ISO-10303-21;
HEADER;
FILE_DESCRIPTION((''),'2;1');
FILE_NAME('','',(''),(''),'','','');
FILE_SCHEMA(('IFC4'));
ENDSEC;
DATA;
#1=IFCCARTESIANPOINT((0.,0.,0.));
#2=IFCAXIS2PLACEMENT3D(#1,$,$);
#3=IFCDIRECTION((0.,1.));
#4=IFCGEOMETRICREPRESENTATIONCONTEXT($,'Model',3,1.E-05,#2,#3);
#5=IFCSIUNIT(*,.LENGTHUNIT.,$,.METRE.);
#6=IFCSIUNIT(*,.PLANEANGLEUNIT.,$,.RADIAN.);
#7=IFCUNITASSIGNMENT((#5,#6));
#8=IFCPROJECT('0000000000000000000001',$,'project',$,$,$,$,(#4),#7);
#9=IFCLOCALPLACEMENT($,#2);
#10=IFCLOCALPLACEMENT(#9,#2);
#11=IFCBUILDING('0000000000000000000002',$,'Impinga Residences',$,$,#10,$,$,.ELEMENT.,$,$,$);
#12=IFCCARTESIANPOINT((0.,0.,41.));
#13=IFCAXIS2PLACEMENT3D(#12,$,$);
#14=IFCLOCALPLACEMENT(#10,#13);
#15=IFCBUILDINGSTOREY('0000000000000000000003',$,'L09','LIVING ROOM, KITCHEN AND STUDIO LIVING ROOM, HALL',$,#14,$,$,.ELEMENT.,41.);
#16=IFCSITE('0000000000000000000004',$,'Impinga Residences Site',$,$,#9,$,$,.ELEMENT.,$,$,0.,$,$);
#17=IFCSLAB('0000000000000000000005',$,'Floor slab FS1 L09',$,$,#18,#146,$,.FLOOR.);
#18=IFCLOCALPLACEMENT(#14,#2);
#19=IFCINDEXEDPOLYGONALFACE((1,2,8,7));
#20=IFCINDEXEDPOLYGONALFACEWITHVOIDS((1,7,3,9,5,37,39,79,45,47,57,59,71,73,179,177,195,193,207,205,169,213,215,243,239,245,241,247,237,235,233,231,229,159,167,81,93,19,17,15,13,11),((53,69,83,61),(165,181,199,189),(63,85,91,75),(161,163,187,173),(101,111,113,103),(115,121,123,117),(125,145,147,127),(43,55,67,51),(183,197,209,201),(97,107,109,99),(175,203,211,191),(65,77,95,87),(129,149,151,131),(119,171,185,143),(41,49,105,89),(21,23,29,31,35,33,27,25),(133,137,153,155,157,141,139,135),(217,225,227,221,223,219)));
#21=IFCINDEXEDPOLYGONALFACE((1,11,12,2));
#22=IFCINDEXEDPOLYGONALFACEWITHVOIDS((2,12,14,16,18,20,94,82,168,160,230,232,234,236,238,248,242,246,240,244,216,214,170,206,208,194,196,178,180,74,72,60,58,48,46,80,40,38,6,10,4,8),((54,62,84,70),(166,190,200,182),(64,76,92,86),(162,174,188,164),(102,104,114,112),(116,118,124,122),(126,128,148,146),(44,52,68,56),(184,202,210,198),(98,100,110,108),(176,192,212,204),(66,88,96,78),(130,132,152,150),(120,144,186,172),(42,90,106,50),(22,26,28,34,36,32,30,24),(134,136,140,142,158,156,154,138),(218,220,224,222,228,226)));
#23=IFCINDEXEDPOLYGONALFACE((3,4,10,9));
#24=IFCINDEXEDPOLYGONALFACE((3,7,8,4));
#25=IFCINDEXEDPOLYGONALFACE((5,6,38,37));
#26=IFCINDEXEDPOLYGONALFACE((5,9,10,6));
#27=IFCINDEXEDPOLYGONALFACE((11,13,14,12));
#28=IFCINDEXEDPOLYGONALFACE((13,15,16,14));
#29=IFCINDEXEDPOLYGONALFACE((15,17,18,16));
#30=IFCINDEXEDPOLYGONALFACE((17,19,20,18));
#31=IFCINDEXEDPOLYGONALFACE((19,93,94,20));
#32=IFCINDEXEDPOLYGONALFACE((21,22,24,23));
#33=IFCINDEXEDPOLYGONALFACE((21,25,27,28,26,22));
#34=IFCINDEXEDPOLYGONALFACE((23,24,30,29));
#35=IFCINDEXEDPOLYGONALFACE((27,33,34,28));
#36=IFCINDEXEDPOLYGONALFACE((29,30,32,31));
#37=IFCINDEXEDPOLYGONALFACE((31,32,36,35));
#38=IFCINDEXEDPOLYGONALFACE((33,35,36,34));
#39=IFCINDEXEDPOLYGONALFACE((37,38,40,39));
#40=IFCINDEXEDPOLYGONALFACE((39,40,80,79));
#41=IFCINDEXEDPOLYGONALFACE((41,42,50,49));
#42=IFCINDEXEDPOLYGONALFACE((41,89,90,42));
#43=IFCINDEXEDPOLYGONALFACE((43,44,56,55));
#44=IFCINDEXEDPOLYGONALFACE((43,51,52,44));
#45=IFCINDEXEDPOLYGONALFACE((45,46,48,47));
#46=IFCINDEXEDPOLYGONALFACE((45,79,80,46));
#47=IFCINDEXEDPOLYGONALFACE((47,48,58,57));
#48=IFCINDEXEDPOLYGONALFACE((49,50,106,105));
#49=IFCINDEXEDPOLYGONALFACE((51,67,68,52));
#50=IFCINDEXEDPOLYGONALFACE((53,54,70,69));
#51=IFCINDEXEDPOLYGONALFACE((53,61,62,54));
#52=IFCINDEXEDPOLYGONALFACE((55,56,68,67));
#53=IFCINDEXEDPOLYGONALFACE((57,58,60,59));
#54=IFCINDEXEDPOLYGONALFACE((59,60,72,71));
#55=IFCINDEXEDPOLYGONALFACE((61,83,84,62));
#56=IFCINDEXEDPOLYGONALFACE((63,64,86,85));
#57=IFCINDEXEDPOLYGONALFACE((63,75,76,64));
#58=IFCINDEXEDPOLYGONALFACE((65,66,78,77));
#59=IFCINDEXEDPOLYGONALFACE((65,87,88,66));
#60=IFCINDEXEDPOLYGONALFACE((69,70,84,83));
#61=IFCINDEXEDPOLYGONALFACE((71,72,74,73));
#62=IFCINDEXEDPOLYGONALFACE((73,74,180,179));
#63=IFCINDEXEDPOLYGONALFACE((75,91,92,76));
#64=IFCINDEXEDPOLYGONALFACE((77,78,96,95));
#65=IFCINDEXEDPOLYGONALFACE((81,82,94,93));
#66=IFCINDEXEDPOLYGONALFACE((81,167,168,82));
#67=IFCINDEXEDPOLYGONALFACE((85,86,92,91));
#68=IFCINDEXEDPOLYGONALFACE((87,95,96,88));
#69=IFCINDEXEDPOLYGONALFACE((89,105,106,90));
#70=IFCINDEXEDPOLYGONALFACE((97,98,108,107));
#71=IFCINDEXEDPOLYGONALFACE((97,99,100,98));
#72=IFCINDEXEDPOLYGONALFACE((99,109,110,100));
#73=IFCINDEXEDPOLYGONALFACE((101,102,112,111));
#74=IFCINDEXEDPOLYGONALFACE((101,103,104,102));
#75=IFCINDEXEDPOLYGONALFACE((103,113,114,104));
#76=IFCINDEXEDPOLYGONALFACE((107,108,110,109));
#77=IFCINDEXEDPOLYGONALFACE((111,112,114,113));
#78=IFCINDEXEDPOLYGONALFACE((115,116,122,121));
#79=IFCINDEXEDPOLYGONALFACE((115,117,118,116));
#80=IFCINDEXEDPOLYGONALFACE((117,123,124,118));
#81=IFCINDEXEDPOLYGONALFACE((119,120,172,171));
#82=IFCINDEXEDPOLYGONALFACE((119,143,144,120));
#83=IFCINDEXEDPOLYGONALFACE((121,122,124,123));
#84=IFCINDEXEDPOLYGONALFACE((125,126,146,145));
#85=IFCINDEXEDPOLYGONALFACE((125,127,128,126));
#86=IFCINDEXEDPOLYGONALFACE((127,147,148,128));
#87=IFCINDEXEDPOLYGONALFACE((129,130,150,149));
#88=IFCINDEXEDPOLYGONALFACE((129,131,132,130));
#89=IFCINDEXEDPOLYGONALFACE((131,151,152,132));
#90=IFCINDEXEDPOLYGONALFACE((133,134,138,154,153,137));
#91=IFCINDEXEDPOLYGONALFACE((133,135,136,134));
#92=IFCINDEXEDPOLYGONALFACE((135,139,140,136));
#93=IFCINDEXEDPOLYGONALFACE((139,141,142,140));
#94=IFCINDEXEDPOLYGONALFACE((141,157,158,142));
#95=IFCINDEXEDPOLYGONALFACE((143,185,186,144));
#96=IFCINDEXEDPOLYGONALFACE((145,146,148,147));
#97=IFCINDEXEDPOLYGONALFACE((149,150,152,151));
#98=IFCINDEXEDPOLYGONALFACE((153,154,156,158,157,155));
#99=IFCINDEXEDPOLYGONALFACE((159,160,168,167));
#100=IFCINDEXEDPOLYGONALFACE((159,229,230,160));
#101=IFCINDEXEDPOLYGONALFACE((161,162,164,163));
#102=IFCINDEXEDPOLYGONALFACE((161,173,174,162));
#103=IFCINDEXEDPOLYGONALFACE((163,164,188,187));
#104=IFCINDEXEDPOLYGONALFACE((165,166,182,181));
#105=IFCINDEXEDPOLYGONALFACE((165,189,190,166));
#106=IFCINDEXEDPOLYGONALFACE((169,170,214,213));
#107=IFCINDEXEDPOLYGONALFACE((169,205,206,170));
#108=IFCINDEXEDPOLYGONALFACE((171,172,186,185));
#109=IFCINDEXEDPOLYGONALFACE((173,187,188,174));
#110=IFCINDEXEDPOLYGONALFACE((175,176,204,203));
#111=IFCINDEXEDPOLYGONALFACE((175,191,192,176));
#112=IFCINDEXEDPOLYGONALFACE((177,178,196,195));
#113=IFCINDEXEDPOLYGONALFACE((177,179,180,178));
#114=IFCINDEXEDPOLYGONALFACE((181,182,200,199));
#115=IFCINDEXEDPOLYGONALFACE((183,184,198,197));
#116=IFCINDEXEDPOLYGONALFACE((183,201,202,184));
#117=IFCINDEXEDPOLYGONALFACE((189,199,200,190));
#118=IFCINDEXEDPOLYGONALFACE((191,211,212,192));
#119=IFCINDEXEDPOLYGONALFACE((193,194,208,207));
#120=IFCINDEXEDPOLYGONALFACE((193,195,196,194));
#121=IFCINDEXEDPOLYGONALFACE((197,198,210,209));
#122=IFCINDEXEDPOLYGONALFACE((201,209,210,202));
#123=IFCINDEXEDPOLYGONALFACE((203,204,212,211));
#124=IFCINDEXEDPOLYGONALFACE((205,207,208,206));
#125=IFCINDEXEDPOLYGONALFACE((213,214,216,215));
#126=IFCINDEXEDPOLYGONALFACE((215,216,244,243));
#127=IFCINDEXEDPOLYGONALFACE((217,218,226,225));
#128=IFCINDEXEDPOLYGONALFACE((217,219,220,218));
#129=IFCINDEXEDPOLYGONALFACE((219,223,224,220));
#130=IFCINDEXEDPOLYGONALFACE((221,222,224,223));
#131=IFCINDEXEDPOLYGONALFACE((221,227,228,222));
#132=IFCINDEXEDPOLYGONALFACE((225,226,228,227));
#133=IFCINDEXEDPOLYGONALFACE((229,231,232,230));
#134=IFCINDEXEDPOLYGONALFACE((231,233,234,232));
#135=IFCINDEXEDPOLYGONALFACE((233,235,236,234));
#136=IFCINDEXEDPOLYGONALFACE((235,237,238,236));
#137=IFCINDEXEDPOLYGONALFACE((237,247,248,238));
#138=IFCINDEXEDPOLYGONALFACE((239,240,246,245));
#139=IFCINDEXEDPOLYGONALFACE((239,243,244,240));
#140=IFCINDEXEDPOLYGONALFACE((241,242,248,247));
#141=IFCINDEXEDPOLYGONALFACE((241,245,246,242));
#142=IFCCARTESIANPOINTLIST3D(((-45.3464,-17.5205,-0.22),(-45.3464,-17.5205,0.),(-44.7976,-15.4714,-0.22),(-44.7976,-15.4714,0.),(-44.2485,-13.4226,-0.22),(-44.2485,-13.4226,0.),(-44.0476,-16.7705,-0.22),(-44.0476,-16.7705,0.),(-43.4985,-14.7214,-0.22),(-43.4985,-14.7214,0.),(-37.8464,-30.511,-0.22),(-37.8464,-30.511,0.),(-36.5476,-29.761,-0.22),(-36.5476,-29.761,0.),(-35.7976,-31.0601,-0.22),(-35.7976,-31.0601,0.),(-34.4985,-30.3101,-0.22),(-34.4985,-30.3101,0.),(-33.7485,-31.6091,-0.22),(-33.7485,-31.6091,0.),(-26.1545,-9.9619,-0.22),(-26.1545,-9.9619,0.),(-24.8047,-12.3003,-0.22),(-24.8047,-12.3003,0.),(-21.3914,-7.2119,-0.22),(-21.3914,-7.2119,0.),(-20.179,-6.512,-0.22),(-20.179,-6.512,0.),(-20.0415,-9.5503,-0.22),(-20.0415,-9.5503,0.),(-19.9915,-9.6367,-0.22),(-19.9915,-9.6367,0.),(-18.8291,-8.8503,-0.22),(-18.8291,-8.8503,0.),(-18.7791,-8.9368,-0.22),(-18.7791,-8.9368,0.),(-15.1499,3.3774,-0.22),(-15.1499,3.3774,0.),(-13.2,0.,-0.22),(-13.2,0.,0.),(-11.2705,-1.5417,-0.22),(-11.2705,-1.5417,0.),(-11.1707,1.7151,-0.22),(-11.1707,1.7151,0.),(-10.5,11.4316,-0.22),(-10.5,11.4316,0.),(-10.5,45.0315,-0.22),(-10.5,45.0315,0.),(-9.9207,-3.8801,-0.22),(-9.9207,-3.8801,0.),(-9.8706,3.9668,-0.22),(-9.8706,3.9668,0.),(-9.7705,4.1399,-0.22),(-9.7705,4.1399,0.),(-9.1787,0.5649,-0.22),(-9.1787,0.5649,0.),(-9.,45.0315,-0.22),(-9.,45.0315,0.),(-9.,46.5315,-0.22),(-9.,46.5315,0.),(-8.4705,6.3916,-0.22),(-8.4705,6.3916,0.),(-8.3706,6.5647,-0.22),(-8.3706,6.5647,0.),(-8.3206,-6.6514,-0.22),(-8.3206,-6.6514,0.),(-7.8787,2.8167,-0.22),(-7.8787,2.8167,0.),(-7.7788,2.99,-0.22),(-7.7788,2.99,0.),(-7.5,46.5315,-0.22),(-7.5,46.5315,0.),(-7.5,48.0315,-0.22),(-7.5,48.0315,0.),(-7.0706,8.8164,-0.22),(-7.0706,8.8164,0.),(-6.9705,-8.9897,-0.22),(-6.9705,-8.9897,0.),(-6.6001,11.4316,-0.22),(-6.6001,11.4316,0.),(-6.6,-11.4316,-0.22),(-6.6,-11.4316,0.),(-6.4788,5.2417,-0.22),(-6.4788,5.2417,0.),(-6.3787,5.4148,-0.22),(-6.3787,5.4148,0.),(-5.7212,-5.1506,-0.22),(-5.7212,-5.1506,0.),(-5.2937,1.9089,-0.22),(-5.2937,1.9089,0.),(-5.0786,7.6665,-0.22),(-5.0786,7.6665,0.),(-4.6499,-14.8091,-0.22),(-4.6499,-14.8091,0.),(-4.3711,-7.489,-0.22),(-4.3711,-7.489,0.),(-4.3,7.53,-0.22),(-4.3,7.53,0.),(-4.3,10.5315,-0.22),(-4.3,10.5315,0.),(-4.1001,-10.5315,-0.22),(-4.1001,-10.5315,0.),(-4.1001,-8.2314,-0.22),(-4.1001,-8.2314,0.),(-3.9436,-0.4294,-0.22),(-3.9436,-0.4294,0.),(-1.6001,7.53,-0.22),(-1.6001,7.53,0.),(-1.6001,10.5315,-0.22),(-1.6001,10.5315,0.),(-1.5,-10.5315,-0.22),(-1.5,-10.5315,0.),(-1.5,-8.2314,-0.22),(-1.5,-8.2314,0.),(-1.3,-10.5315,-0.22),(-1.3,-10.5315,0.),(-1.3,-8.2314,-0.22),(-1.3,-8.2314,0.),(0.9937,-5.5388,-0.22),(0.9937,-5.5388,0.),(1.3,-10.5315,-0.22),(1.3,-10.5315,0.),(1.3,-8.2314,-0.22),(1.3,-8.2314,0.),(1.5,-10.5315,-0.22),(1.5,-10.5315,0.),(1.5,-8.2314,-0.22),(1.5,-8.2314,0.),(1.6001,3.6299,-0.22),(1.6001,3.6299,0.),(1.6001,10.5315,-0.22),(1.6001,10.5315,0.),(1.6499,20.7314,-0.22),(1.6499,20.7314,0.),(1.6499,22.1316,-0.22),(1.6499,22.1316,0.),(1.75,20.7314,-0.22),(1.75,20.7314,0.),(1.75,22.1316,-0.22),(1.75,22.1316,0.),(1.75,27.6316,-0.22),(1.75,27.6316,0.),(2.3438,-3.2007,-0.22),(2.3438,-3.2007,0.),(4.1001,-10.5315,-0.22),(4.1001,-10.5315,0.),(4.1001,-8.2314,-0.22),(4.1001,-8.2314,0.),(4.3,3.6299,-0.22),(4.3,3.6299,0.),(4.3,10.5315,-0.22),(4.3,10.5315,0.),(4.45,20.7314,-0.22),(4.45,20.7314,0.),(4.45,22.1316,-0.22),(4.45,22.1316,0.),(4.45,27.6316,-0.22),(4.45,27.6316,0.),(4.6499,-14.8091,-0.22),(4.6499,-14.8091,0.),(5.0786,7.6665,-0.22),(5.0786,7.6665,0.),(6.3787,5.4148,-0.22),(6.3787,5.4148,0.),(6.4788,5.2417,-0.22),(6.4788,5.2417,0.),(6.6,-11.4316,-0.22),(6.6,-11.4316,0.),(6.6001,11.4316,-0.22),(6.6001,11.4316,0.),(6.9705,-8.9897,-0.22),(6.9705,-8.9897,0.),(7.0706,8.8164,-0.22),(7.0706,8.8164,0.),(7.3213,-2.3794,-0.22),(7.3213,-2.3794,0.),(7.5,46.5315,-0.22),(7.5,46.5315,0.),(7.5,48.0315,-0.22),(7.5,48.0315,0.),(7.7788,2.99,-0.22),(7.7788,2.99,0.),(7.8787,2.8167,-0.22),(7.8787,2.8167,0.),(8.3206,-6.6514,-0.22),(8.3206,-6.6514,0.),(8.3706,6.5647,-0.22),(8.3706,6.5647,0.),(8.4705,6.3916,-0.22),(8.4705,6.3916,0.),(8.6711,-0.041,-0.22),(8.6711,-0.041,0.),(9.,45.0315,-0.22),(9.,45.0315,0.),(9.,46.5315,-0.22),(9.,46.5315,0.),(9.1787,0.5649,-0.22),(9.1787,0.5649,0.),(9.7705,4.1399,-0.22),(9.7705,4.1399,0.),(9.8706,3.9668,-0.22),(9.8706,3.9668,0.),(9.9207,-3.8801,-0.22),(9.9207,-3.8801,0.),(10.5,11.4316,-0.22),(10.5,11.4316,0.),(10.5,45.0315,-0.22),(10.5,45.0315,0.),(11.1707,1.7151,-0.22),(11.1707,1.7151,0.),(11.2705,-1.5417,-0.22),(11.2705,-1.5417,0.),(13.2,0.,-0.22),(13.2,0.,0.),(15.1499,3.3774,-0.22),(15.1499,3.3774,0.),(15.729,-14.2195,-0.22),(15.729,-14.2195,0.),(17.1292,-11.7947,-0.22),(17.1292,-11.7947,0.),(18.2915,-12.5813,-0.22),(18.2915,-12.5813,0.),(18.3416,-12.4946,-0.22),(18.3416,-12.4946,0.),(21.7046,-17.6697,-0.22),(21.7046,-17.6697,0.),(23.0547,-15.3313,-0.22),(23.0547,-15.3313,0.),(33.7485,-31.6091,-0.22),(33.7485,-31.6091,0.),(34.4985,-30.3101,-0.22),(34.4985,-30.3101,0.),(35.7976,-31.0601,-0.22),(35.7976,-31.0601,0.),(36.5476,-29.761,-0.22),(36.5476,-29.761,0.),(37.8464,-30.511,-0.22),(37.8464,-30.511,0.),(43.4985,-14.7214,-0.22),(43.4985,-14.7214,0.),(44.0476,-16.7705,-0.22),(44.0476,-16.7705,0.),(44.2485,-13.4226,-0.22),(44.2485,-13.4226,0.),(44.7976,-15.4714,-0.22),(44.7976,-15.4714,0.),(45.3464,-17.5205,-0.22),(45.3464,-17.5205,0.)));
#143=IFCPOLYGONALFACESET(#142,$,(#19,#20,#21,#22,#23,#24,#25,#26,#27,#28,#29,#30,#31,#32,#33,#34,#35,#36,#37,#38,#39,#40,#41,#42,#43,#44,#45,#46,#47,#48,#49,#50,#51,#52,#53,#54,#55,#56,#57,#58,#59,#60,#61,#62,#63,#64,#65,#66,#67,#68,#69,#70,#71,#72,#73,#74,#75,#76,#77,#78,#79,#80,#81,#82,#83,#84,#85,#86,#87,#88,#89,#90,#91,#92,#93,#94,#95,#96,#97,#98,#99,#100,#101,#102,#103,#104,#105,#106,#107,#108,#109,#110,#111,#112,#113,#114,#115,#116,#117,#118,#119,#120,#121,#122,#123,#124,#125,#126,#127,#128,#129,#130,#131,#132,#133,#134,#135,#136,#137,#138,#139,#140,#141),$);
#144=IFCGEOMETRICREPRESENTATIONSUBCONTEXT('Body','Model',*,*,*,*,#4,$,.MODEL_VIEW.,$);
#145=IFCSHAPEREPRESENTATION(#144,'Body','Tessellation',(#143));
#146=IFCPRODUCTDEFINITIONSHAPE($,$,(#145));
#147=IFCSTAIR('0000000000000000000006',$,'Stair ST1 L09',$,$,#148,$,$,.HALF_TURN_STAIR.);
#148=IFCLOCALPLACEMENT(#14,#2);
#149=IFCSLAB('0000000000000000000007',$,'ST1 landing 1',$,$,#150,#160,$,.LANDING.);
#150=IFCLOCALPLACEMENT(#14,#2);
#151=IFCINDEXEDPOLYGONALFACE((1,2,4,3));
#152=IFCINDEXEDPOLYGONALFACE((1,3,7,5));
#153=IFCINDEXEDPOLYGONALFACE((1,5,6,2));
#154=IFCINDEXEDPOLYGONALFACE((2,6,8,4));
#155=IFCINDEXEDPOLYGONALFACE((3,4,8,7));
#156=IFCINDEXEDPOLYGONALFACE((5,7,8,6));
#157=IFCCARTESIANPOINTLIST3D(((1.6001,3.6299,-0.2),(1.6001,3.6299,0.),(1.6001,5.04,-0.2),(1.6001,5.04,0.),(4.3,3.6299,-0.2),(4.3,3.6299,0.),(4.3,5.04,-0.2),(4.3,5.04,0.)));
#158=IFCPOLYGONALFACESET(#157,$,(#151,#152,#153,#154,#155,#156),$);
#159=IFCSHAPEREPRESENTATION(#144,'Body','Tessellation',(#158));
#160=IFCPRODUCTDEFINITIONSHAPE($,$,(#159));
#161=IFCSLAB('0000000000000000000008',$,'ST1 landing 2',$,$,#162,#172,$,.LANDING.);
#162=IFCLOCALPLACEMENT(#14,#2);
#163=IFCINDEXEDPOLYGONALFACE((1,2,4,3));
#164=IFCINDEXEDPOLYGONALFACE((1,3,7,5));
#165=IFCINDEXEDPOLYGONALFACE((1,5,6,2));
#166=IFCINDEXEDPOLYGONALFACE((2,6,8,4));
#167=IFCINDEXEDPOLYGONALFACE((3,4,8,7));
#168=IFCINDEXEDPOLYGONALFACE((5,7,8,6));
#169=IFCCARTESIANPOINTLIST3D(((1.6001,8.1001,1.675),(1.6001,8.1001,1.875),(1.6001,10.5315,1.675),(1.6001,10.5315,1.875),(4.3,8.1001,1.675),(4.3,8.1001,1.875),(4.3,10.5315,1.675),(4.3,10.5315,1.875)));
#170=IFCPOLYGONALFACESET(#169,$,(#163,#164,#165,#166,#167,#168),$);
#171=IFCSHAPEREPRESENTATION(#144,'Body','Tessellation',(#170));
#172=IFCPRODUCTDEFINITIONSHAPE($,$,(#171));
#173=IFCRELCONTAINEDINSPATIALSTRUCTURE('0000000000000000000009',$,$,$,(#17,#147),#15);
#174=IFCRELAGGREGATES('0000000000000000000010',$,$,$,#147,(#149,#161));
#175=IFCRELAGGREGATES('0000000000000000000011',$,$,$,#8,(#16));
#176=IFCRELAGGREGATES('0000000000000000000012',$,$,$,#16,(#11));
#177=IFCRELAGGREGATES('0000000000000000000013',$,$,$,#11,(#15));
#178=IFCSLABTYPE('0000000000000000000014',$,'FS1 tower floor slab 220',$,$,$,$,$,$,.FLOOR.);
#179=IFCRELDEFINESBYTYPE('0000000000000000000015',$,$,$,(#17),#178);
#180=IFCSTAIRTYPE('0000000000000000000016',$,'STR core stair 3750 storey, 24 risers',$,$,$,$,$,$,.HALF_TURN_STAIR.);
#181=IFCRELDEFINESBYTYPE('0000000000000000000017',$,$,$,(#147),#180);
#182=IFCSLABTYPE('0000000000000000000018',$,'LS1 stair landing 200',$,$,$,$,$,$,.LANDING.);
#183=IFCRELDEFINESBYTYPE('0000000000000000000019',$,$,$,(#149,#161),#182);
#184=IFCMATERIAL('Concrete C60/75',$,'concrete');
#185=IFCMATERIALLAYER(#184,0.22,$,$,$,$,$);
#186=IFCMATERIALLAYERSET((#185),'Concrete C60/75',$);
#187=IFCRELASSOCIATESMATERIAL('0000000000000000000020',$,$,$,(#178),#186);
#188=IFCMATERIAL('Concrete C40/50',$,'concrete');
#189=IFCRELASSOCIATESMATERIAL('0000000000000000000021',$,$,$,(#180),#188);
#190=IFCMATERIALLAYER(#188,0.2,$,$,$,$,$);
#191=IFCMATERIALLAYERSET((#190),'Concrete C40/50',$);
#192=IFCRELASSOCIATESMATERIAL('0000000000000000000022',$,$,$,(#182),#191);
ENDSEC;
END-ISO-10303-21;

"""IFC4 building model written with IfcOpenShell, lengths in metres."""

from ifc_helpers import new_model, si_unit, direction, frame, origin, place, context, subcontext, project, spatial, polyline, outline, extrude, material, layer, layer_set, type_object, element, aggregate, save


model = new_model("IFC4")

# Units and contexts
model_context = context("Model", 3, precision=1e-05, world=origin(), true_north=direction((0.0, 1.0)))
body_context = subcontext(model_context, "Body", "Model", "MODEL_VIEW")
ifc_project = project(units=[si_unit("LENGTHUNIT", "METRE"), si_unit("PLANEANGLEUNIT", "RADIAN")], contexts=[model_context])

# Site, building, storey
site_placement = place(None, origin())
site = spatial("IfcSite", under=ifc_project, at=site_placement, Name="Impinga Residences Site", CompositionType="ELEMENT", RefElevation=0.0)
building_placement = place(site_placement, origin())
building = spatial("IfcBuilding", under=site, at=building_placement, Name="Impinga Residences", CompositionType="ELEMENT")
storey_placement = place(building_placement, frame((0.0, 0.0, 41.0)))
storey = spatial("IfcBuildingStorey", under=building, at=storey_placement, Name="L09", Description="LIVING ROOM, KITCHEN AND STUDIO LIVING ROOM, HALL", CompositionType="ELEMENT", Elevation=41.0)

# Slab
ifc_material_1 = material(Name="Concrete C60/75", Category="concrete")
ifc_layer_1 = layer(ifc_material_1, 0.22)
ifc_layer_set_1 = layer_set([ifc_layer_1], Name="Concrete C60/75")
slab_type_1 = type_object("IfcSlabType", Name="FS1 tower floor slab 220", PredefinedType="FLOOR", material=ifc_layer_set_1)
slab_1_placement = place(storey_placement, frame((0.0, 0.0, -0.22)))
element("IfcSlab", 1, at=slab_1_placement, inside=storey, type_object=slab_type_1, Name="Floor slab FS1 L09", PredefinedType="FLOOR", context=body_context, shape_type="SweptSolid", body=[
    extrude(outline(polyline([(-34.4985, -30.3101), (-35.7976, -31.0601), (-36.5476, -29.761), (-37.8464, -30.511), (-45.3464, -17.5205), (-44.0476, -16.7705), (-44.7976, -15.4714), (-43.4985, -14.7214), (-44.2485, -13.4226), (-15.1499, 3.3774), (-13.2, 0.0), (-6.6001, 11.4316), (-10.5, 11.4316), (-10.5, 45.0315), (-9.0, 45.0315), (-9.0, 46.5315), (-7.5, 46.5315), (-7.5, 48.0315), (7.5, 48.0315), (7.5, 46.5315), (9.0, 46.5315), (9.0, 45.0315), (10.5, 45.0315), (10.5, 11.4316), (6.6001, 11.4316), (13.2, 0.0), (15.1499, 3.3774), (44.2485, -13.4226), (43.4985, -14.7214), (44.7976, -15.4714), (44.0476, -16.7705), (45.3464, -17.5205), (37.8464, -30.511), (36.5476, -29.761), (35.7976, -31.0601), (34.4985, -30.3101), (33.7485, -31.6091), (4.6499, -14.8091), (9.9001, -5.7158), (6.6001, -11.4316), (-6.6001, -11.4316), (-9.9001, -5.7158), (-4.6499, -14.8091), (-33.7485, -31.6091), (-34.4985, -30.3101)]), holes=[polyline([(-21.3914, -7.2119), (-26.1545, -9.9619), (-24.8047, -12.3003), (-20.0415, -9.5503), (-19.9915, -9.6367), (-18.7791, -8.9368), (-18.8291, -8.8503), (-18.8291, -8.8503), (-20.179, -6.512), (-21.3914, -7.2119), (-21.3914, -7.2119)]), polyline([(-1.5, -8.2314), (-4.1001, -8.2314), (-4.1001, -10.5315), (-1.5, -10.5315), (-1.5, -8.2314)]), polyline([(1.3, -8.2314), (-1.3, -8.2314), (-1.3, -10.5315), (1.3, -10.5315), (1.3, -8.2314)]), polyline([(1.5, -8.2314), (1.5, -10.5315), (4.1001, -10.5315), (4.1001, -8.2314), (1.5, -8.2314)]), polyline([(-5.7212, -5.1506), (-8.3206, -6.6514), (-6.9705, -8.9897), (-4.3711, -7.489), (-5.7212, -5.1506)]), polyline([(-3.9436, -0.4294), (-5.2937, 1.9089), (-11.2705, -1.5417), (-9.9207, -3.8801), (-3.9436, -0.4294)]), polyline([(-9.1787, 0.5649), (-7.8787, 2.8167), (-9.8706, 3.9668), (-11.1707, 1.7151), (-9.1787, 0.5649)]), polyline([(-6.4788, 5.2417), (-8.4705, 6.3916), (-9.7705, 4.1399), (-7.7788, 2.99), (-6.4788, 5.2417)]), polyline([(-6.3787, 5.4148), (-5.0786, 7.6665), (-7.0706, 8.8164), (-8.3706, 6.5647), (-6.3787, 5.4148)]), polyline([(-4.3, 7.53), (-1.6001, 7.53), (-1.6001, 10.5315), (-4.3, 10.5315), (-4.3, 7.53)]), polyline([(15.729, -14.2195), (21.7046, -17.6697), (23.0547, -15.3313), (18.2915, -12.5813), (18.3416, -12.4946), (17.1292, -11.7947), (15.729, -14.2195)]), polyline([(0.9937, -5.5388), (6.9705, -8.9897), (8.3206, -6.6514), (2.3438, -3.2007), (0.9937, -5.5388)]), polyline([(8.6711, -0.041), (7.3213, -2.3794), (9.9207, -3.8801), (11.2705, -1.5417), (8.6711, -0.041)]), polyline([(7.8787, 2.8167), (9.1787, 0.5649), (11.1707, 1.7151), (9.8706, 3.9668), (7.8787, 2.8167)]), polyline([(7.7788, 2.99), (9.7705, 4.1399), (8.4705, 6.3916), (6.4788, 5.2417), (7.7788, 2.99)]), polyline([(1.6001, 3.6299), (4.3, 3.6299), (4.3, 10.5315), (1.6001, 10.5315), (1.6001, 3.6299)]), polyline([(5.0786, 7.6665), (6.3787, 5.4148), (8.3706, 6.5647), (7.0706, 8.8164), (5.0786, 7.6665)]), polyline([(1.75, 22.1316), (1.6499, 22.1316), (1.6499, 20.7314), (1.75, 20.7314), (4.45, 20.7314), (4.45, 22.1316), (4.45, 27.6316), (1.75, 27.6316), (1.75, 22.1316)])]), origin(), (0.0, 0.0, 1.0), 0.22),
])

# Stair, slabs
ifc_material_2 = material(Name="Concrete C40/50", Category="concrete")
stair_type = type_object("IfcStairType", Name="STR core stair 3750 storey, 24 risers", PredefinedType="HALF_TURN_STAIR", material=ifc_material_2)
stair_1_placement = place(storey_placement, origin())
stair_1 = element("IfcStair", 2, at=stair_1_placement, inside=storey, type_object=stair_type, Name="Stair ST1 L09", PredefinedType="HALF_TURN_STAIR")
ifc_layer_2 = layer(ifc_material_2, 0.2)
ifc_layer_set_2 = layer_set([ifc_layer_2], Name="Concrete C40/50")
slab_type_2 = type_object("IfcSlabType", Name="LS1 stair landing 200", PredefinedType="LANDING", material=ifc_layer_set_2)
slab_2_placement = place(storey_placement, frame((0.0, 0.0, -0.2)))
slab_2 = element("IfcSlab", 3, at=slab_2_placement, type_object=slab_type_2, Name="ST1 landing 1", PredefinedType="LANDING", context=body_context, shape_type="SweptSolid", body=[
    extrude(outline(polyline([(1.6001, 3.6299), (4.3, 3.6299), (4.3, 5.04), (1.6001, 5.04), (1.6001, 3.6299)])), origin(), (0.0, 0.0, 1.0), 0.2),
])
slab_3_placement = place(storey_placement, frame((0.0, 0.0, 1.675)))
slab_3 = element("IfcSlab", 4, at=slab_3_placement, type_object=slab_type_2, Name="ST1 landing 2", PredefinedType="LANDING", context=body_context, shape_type="SweptSolid", body=[
    extrude(outline(polyline([(1.6001, 8.1001), (4.3, 8.1001), (4.3, 10.5315), (1.6001, 10.5315), (1.6001, 8.1001)])), origin(), (0.0, 0.0, 1.0), 0.2),
])
aggregate(stair_1, [slab_2, slab_3])

save(model, "model.ifc")
